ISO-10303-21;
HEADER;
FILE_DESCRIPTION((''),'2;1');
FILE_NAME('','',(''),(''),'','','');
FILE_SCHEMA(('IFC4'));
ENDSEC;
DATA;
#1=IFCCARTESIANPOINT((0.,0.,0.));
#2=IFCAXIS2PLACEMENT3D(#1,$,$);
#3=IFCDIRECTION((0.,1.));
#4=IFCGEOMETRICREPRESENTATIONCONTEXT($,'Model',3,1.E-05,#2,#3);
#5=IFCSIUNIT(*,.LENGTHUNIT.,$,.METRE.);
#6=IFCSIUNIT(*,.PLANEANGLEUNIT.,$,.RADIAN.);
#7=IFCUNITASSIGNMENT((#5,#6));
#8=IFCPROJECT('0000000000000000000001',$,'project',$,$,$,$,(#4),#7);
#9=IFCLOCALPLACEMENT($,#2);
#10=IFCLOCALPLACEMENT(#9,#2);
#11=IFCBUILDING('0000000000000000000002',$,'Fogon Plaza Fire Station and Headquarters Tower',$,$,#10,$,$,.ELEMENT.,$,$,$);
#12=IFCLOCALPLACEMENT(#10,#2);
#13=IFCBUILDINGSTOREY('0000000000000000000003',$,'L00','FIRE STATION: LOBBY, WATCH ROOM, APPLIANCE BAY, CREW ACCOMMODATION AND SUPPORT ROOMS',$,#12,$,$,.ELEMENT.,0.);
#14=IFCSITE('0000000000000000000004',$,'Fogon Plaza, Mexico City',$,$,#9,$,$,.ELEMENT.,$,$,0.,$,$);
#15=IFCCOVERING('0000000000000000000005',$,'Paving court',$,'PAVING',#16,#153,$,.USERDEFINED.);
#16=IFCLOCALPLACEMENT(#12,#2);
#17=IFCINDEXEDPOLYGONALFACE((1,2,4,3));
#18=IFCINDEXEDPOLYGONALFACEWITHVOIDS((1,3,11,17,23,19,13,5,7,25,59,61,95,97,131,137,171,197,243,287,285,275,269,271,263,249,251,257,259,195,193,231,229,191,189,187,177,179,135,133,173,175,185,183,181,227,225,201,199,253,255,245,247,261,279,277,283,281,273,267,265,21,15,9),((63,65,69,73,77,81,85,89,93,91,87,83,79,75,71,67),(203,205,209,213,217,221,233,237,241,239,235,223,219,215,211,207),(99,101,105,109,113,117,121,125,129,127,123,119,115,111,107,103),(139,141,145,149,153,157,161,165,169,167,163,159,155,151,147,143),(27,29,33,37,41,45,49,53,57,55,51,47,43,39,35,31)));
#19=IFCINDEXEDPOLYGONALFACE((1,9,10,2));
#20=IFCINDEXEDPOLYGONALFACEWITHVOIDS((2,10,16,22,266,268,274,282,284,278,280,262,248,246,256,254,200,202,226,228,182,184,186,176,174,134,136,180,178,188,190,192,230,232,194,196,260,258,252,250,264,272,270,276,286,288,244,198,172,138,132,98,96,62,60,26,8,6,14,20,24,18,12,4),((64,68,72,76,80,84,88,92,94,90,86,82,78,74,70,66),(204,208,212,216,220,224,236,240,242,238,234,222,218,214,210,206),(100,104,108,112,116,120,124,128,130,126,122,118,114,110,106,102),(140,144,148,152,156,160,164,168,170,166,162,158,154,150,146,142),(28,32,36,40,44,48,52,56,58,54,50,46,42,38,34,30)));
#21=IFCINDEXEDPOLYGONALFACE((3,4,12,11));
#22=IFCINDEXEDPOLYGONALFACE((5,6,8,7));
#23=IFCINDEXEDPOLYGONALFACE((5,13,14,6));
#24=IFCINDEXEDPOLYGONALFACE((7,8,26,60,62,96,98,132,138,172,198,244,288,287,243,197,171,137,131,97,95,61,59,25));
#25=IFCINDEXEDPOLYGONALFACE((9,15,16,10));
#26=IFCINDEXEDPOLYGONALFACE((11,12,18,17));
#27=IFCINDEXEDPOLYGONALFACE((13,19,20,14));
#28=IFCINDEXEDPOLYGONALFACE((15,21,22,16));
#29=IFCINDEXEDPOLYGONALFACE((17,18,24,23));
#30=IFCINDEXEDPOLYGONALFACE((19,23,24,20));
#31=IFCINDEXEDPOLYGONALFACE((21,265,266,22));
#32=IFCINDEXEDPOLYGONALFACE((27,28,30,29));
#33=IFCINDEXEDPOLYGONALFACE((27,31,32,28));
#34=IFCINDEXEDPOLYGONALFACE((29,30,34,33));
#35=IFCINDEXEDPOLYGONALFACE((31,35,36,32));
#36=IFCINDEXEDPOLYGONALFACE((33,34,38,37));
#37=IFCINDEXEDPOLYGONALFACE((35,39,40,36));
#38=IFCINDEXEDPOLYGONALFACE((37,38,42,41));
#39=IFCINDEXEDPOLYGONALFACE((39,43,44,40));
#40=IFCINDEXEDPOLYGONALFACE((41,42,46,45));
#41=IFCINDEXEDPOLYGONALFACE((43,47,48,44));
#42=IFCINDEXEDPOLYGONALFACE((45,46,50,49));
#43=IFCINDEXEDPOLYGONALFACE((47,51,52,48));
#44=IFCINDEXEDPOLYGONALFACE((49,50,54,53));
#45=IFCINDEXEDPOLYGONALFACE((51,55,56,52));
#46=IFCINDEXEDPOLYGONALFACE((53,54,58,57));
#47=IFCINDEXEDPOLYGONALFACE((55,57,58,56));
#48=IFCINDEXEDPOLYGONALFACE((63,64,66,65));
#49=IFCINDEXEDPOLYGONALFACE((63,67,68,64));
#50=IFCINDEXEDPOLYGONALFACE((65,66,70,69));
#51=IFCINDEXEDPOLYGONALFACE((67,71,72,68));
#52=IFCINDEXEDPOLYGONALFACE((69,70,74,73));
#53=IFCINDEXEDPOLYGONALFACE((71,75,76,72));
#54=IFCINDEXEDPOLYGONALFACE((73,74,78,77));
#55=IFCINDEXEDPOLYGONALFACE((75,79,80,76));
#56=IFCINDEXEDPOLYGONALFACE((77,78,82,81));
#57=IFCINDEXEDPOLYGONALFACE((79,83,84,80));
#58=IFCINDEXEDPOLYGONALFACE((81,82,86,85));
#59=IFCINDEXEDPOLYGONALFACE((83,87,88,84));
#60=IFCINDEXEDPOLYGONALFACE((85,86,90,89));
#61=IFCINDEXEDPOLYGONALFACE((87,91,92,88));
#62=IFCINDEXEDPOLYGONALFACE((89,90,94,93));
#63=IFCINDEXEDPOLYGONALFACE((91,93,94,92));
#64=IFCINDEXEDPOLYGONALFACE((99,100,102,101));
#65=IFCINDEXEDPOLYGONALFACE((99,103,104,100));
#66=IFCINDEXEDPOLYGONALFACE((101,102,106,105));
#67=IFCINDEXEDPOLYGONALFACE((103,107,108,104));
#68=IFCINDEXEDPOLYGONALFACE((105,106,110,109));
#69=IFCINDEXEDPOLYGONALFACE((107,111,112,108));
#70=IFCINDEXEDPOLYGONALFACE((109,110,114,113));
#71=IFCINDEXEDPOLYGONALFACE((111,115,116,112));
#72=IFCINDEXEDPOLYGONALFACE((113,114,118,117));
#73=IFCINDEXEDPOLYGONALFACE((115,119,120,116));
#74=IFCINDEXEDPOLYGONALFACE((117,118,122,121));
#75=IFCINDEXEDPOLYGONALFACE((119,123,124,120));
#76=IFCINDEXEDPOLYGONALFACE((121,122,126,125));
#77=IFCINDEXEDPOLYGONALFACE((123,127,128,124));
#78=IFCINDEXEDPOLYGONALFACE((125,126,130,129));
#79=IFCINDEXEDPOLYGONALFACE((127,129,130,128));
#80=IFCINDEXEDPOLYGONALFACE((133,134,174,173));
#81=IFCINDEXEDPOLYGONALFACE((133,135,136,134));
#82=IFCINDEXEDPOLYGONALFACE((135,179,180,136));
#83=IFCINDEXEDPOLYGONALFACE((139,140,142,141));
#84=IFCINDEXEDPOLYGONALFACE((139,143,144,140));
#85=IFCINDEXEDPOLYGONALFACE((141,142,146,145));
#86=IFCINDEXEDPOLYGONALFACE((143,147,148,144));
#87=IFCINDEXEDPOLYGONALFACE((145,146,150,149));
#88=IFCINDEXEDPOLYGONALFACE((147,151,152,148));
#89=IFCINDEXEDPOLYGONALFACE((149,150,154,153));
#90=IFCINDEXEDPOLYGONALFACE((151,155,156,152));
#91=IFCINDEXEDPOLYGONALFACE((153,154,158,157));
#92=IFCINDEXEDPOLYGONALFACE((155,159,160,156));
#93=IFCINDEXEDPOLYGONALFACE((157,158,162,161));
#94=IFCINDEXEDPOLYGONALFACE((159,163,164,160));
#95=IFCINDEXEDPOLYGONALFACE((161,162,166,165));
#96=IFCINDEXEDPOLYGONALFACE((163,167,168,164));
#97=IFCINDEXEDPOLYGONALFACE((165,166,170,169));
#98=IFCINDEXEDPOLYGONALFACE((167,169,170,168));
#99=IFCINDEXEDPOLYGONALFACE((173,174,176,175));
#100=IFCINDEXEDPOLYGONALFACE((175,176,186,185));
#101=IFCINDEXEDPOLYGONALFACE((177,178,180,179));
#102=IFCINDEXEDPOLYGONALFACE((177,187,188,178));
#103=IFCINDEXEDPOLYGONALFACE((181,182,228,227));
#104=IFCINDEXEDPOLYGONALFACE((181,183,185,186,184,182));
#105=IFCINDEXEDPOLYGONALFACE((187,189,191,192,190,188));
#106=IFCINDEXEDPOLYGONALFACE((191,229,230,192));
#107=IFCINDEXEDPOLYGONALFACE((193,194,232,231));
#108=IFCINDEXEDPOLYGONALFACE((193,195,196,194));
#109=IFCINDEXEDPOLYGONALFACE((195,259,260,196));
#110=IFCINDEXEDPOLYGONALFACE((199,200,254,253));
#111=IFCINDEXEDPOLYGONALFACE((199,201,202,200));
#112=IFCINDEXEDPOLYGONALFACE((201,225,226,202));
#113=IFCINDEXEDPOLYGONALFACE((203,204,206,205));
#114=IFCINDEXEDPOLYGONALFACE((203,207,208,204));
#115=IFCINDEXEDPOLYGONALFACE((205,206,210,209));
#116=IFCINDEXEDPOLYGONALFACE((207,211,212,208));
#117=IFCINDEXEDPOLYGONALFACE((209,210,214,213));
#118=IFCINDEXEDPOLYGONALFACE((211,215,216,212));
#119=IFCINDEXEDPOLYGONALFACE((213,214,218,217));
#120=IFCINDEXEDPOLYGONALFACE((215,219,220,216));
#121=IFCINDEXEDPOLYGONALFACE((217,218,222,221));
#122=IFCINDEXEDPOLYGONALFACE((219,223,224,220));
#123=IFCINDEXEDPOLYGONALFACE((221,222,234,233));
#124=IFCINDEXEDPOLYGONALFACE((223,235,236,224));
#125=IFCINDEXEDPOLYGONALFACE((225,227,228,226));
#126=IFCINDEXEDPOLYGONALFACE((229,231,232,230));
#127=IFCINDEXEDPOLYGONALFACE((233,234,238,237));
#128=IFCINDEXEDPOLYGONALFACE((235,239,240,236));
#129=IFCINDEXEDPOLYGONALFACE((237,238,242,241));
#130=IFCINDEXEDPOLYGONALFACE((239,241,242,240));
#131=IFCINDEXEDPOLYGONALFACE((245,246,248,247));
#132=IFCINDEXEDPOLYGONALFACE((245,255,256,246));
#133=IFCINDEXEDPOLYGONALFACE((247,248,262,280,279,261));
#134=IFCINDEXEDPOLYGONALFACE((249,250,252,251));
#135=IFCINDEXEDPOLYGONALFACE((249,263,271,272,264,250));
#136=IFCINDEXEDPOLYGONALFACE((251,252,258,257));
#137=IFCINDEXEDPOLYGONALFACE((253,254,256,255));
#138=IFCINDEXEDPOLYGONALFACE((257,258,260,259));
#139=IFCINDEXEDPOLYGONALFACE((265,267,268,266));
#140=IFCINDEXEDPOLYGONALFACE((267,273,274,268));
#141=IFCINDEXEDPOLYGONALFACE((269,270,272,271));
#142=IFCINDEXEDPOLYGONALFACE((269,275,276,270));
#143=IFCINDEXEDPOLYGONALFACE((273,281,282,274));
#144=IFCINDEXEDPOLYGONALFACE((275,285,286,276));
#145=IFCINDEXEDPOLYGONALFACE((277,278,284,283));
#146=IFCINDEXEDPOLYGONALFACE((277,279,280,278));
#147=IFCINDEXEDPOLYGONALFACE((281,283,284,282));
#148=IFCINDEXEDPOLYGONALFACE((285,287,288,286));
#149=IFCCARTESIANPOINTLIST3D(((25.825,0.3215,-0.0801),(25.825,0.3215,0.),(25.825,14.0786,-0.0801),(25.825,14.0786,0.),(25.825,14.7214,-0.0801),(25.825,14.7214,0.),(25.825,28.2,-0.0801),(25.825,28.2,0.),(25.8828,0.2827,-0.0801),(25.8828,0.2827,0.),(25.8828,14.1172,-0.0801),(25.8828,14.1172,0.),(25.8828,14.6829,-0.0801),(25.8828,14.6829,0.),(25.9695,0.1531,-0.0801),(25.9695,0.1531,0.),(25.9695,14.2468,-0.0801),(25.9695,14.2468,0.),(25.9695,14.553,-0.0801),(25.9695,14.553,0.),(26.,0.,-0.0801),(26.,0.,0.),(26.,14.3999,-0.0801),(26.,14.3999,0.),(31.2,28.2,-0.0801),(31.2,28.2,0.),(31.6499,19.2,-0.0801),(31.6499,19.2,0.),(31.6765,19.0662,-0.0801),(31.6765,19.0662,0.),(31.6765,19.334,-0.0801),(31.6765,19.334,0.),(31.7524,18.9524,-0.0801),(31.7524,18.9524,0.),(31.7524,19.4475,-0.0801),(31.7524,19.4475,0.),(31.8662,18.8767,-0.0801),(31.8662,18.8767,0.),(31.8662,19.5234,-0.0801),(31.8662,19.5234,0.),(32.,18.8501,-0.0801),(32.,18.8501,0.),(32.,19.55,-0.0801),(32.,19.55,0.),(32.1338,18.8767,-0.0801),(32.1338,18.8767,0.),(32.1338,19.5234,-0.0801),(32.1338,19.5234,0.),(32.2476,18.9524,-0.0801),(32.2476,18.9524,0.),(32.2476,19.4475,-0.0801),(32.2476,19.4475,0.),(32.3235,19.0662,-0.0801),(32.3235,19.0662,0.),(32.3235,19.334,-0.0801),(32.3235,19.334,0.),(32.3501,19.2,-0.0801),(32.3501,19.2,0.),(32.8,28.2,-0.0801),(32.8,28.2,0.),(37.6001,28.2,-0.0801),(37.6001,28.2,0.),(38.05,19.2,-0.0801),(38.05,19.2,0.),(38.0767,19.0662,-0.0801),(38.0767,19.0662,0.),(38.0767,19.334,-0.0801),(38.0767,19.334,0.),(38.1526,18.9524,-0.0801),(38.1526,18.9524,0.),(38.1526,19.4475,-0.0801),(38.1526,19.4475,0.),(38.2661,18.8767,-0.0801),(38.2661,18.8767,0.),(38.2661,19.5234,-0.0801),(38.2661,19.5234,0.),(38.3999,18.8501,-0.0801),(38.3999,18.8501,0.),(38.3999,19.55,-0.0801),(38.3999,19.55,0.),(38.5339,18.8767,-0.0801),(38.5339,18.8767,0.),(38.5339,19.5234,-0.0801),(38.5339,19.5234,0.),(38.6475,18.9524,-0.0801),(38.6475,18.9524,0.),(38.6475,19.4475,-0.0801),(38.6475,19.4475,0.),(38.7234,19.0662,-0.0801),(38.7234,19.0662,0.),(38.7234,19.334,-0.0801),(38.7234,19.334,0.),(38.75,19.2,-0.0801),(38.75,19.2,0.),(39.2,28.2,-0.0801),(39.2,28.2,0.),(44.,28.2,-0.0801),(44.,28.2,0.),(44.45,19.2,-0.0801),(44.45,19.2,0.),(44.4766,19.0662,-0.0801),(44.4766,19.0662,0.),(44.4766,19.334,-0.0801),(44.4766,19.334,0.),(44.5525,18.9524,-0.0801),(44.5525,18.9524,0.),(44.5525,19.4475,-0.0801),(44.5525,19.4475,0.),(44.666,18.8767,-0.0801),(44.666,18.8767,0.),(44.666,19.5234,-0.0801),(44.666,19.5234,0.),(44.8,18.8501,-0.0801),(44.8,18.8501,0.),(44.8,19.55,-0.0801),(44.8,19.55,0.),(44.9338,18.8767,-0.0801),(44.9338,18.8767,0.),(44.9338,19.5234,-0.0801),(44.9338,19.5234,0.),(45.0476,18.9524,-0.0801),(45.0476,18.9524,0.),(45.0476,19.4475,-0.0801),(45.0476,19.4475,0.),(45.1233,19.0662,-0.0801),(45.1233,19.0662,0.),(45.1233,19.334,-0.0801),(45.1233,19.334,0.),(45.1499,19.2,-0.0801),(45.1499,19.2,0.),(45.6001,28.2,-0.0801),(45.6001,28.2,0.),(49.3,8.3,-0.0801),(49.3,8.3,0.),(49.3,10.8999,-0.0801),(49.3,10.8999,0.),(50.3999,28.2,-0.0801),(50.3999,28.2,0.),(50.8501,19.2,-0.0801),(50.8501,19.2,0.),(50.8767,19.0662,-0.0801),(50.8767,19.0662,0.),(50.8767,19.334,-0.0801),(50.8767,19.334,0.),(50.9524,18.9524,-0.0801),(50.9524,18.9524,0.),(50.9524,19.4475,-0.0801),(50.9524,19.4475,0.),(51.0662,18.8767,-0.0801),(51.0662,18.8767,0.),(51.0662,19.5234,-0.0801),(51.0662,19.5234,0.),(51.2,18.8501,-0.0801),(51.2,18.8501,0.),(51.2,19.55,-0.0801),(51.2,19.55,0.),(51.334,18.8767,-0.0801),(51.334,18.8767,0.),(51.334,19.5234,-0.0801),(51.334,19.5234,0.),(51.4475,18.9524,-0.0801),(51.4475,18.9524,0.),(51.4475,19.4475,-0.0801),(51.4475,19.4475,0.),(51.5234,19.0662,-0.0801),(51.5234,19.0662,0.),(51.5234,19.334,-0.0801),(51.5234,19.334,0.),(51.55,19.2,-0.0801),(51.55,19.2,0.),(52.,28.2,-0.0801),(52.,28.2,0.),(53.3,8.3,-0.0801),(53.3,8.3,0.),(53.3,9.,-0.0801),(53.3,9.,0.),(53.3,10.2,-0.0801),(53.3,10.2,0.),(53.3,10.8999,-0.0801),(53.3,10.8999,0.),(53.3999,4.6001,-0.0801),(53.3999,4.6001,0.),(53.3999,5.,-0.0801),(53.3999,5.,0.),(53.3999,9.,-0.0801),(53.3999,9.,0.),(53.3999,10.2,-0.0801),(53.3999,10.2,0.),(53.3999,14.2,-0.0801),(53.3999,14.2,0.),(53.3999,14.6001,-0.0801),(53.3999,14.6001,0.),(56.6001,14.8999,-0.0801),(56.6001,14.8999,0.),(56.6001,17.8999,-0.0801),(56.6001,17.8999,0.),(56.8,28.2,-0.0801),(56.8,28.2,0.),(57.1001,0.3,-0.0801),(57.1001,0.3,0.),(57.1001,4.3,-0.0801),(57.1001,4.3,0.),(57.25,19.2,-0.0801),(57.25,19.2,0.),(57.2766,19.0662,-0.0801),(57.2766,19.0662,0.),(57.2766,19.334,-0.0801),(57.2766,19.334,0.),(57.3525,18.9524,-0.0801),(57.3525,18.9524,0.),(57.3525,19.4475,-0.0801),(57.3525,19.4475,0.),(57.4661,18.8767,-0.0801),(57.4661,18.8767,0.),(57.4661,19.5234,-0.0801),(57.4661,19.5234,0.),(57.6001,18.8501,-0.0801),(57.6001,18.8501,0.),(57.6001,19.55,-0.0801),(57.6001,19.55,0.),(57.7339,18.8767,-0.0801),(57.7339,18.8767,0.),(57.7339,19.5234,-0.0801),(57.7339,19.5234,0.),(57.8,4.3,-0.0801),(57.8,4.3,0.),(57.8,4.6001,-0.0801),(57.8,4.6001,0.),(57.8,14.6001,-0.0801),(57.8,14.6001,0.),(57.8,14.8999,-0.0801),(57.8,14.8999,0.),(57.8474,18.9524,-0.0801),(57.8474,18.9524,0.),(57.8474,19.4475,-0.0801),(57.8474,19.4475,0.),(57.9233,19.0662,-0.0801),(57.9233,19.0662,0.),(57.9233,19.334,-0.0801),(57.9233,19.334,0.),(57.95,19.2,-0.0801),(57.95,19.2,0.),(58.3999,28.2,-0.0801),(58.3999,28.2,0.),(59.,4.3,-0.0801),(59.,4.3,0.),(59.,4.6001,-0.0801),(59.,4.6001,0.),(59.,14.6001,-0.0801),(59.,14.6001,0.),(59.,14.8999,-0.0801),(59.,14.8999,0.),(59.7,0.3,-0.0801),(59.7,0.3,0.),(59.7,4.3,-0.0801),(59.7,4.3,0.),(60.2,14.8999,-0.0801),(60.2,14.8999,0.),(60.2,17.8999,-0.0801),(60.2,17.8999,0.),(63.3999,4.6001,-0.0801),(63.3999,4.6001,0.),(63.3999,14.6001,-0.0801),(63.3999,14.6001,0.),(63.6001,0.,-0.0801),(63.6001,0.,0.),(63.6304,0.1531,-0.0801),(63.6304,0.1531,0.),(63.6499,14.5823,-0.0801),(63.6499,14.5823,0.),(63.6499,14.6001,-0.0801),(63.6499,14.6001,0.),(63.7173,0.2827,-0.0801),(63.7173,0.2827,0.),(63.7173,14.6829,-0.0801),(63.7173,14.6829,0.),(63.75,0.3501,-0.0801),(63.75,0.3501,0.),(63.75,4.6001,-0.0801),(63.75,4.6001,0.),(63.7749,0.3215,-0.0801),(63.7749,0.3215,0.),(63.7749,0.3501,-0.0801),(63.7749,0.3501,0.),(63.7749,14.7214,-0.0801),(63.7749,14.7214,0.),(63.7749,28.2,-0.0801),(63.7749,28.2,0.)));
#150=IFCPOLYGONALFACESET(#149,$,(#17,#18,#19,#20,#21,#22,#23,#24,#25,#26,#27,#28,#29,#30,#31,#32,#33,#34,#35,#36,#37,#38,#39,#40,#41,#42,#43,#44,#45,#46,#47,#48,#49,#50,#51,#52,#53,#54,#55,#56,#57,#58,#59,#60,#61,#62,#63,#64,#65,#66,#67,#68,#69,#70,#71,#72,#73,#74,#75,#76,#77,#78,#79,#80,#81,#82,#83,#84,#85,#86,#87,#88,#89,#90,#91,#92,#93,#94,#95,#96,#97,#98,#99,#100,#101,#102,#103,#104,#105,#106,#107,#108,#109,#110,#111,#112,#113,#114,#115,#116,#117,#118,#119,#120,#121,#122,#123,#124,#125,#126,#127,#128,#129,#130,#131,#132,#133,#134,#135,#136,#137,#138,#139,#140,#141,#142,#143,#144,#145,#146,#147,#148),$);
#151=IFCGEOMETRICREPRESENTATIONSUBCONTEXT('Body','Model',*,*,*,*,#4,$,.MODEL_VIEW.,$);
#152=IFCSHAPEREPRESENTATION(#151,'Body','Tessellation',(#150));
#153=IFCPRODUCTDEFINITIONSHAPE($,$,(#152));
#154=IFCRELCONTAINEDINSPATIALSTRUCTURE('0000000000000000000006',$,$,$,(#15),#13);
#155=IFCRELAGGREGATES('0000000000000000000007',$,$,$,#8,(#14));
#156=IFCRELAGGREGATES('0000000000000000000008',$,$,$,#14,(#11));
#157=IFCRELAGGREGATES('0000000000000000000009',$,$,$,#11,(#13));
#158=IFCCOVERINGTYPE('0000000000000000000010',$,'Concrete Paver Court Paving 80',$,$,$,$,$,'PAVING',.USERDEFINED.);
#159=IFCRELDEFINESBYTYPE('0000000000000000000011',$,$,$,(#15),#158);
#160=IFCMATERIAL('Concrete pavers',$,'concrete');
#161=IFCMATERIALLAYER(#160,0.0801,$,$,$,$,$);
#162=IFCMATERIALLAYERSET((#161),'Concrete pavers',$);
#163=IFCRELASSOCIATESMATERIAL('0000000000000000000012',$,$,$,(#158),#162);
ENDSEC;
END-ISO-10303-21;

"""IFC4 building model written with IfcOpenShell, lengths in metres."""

from ifc_helpers import new_model, si_unit, direction, frame, origin, place, context, subcontext, project, spatial, polyline, outline, extrude, material, layer, layer_set, type_object, element, save


model = new_model("IFC4")

# Units and contexts
model_context = context("Model", 3, precision=1e-05, world=origin(), true_north=direction((0.0, 1.0)))
body_context = subcontext(model_context, "Body", "Model", "MODEL_VIEW")
ifc_project = project(units=[si_unit("LENGTHUNIT", "METRE"), si_unit("PLANEANGLEUNIT", "RADIAN")], contexts=[model_context])

# Site, building, storey
site_placement = place(None, origin())
site = spatial("IfcSite", under=ifc_project, at=site_placement, Name="Fogon Plaza, Mexico City", CompositionType="ELEMENT", RefElevation=0.0)
building_placement = place(site_placement, origin())
building = spatial("IfcBuilding", under=site, at=building_placement, Name="Fogon Plaza Fire Station and Headquarters Tower", CompositionType="ELEMENT")
storey_placement = place(building_placement, origin())
storey = spatial("IfcBuildingStorey", under=building, at=storey_placement, Name="L00", Description="FIRE STATION: LOBBY, WATCH ROOM, APPLIANCE BAY, CREW ACCOMMODATION AND SUPPORT ROOMS", CompositionType="ELEMENT", Elevation=0.0)

# Covering
ifc_material_1 = material(Name="Concrete pavers", Category="concrete")
ifc_layer_1 = layer(ifc_material_1, 0.0801)
ifc_layer_set_1 = layer_set([ifc_layer_1], Name="Concrete pavers")
covering_type_1 = type_object("IfcCoveringType", Name="Concrete Paver Court Paving 80", ElementType="PAVING", PredefinedType="USERDEFINED", material=ifc_layer_set_1)
covering_1_placement = place(storey_placement, frame((0.0, 0.0, -0.0801)))
element("IfcCovering", 1, at=covering_1_placement, inside=storey, type_object=covering_type_1, Name="Paving court", ObjectType="PAVING", PredefinedType="USERDEFINED", context=body_context, shape_type="SweptSolid", body=[
    extrude(outline(polyline([(39.2, 28.6499), (39.2, 28.2), (44.0, 28.2), (45.6001, 28.2), (45.6001, 28.8), (45.6001, 28.8), (45.6001, 28.6499), (45.6001, 28.2), (50.3999, 28.2), (50.3999, 28.6499), (50.3999, 28.8), (50.3999, 28.8), (50.3999, 28.2), (52.0, 28.2), (56.8, 28.2), (56.8, 28.6499), (56.8, 28.8), (56.8, 28.8), (56.8, 28.2), (58.3999, 28.2), (63.7749, 28.2), (63.7749, 14.7214), (63.7173, 14.6829), (63.6499, 14.5823), (63.6499, 14.6001), (63.3999, 14.6001), (59.0, 14.6001), (59.0, 14.8999), (60.2, 14.8999), (60.2, 17.8999), (56.6001, 17.8999), (56.6001, 14.8999), (57.8, 14.8999), (57.8, 14.6001), (53.3999, 14.6001), (53.3999, 14.2), (53.3999, 14.2), (53.3999, 10.2), (53.3, 10.2), (53.3, 10.8999), (49.3, 10.8999), (49.3, 8.3), (53.3, 8.3), (53.3, 9.0), (53.3999, 9.0), (53.3999, 5.0), (53.3999, 4.6001), (57.8, 4.6001), (57.8, 4.3), (57.1001, 4.3), (57.1001, 0.3), (59.7, 0.3), (59.7, 4.3), (59.0, 4.3), (59.0, 4.6001), (63.3999, 4.6001), (63.75, 4.6001), (63.75, 0.3501), (63.7749, 0.3501), (63.7749, 0.3215), (63.7173, 0.2827), (63.6304, 0.1531), (63.6001, 0.0), (63.6001, 0.0), (26.0, 0.0), (25.9695, 0.1531), (25.8828, 0.2827), (25.825, 0.3215), (25.825, 14.0786), (25.8828, 14.1172), (25.9695, 14.2468), (26.0, 14.3999), (25.9695, 14.553), (25.8828, 14.6829), (25.825, 14.7214), (25.825, 28.2), (31.2, 28.2), (32.8, 28.2), (37.6001, 28.2), (39.2, 28.2), (39.2, 28.8), (39.2, 28.8), (39.2, 28.6499)]), holes=[polyline([(44.666, 18.8767), (44.8, 18.8501), (44.9338, 18.8767), (45.0476, 18.9524), (45.1233, 19.0662), (45.1499, 19.2), (45.1233, 19.334), (45.0476, 19.4475), (44.9338, 19.5234), (44.8, 19.55), (44.666, 19.5234), (44.5525, 19.4475), (44.4766, 19.334), (44.45, 19.2), (44.4766, 19.0662), (44.5525, 18.9524), (44.666, 18.8767)]), polyline([(31.8662, 18.8767), (32.0, 18.8501), (32.1338, 18.8767), (32.2476, 18.9524), (32.3235, 19.0662), (32.3501, 19.2), (32.3235, 19.334), (32.2476, 19.4475), (32.1338, 19.5234), (32.0, 19.55), (31.8662, 19.5234), (31.7524, 19.4475), (31.6765, 19.334), (31.6499, 19.2), (31.6765, 19.0662), (31.7524, 18.9524), (31.8662, 18.8767)]), polyline([(38.1526, 18.9524), (38.2661, 18.8767), (38.3999, 18.8501), (38.5339, 18.8767), (38.6475, 18.9524), (38.7234, 19.0662), (38.75, 19.2), (38.7234, 19.334), (38.6475, 19.4475), (38.5339, 19.5234), (38.3999, 19.55), (38.2661, 19.5234), (38.1526, 19.4475), (38.0767, 19.334), (38.05, 19.2), (38.0767, 19.0662), (38.1526, 18.9524)]), polyline([(50.9524, 18.9524), (51.0662, 18.8767), (51.2, 18.8501), (51.334, 18.8767), (51.4475, 18.9524), (51.5234, 19.0662), (51.55, 19.2), (51.5234, 19.334), (51.4475, 19.4475), (51.334, 19.5234), (51.2, 19.55), (51.0662, 19.5234), (50.9524, 19.4475), (50.8767, 19.334), (50.8501, 19.2), (50.8767, 19.0662), (50.9524, 18.9524)]), polyline([(57.3525, 18.9524), (57.4661, 18.8767), (57.6001, 18.8501), (57.7339, 18.8767), (57.8474, 18.9524), (57.9233, 19.0662), (57.95, 19.2), (57.9233, 19.334), (57.8474, 19.4475), (57.7339, 19.5234), (57.6001, 19.55), (57.4661, 19.5234), (57.3525, 19.4475), (57.2766, 19.334), (57.25, 19.2), (57.2766, 19.0662), (57.3525, 18.9524)])]), origin(), (0.0, 0.0, 1.0), 0.0801),
])

save(model, "model.ifc")
